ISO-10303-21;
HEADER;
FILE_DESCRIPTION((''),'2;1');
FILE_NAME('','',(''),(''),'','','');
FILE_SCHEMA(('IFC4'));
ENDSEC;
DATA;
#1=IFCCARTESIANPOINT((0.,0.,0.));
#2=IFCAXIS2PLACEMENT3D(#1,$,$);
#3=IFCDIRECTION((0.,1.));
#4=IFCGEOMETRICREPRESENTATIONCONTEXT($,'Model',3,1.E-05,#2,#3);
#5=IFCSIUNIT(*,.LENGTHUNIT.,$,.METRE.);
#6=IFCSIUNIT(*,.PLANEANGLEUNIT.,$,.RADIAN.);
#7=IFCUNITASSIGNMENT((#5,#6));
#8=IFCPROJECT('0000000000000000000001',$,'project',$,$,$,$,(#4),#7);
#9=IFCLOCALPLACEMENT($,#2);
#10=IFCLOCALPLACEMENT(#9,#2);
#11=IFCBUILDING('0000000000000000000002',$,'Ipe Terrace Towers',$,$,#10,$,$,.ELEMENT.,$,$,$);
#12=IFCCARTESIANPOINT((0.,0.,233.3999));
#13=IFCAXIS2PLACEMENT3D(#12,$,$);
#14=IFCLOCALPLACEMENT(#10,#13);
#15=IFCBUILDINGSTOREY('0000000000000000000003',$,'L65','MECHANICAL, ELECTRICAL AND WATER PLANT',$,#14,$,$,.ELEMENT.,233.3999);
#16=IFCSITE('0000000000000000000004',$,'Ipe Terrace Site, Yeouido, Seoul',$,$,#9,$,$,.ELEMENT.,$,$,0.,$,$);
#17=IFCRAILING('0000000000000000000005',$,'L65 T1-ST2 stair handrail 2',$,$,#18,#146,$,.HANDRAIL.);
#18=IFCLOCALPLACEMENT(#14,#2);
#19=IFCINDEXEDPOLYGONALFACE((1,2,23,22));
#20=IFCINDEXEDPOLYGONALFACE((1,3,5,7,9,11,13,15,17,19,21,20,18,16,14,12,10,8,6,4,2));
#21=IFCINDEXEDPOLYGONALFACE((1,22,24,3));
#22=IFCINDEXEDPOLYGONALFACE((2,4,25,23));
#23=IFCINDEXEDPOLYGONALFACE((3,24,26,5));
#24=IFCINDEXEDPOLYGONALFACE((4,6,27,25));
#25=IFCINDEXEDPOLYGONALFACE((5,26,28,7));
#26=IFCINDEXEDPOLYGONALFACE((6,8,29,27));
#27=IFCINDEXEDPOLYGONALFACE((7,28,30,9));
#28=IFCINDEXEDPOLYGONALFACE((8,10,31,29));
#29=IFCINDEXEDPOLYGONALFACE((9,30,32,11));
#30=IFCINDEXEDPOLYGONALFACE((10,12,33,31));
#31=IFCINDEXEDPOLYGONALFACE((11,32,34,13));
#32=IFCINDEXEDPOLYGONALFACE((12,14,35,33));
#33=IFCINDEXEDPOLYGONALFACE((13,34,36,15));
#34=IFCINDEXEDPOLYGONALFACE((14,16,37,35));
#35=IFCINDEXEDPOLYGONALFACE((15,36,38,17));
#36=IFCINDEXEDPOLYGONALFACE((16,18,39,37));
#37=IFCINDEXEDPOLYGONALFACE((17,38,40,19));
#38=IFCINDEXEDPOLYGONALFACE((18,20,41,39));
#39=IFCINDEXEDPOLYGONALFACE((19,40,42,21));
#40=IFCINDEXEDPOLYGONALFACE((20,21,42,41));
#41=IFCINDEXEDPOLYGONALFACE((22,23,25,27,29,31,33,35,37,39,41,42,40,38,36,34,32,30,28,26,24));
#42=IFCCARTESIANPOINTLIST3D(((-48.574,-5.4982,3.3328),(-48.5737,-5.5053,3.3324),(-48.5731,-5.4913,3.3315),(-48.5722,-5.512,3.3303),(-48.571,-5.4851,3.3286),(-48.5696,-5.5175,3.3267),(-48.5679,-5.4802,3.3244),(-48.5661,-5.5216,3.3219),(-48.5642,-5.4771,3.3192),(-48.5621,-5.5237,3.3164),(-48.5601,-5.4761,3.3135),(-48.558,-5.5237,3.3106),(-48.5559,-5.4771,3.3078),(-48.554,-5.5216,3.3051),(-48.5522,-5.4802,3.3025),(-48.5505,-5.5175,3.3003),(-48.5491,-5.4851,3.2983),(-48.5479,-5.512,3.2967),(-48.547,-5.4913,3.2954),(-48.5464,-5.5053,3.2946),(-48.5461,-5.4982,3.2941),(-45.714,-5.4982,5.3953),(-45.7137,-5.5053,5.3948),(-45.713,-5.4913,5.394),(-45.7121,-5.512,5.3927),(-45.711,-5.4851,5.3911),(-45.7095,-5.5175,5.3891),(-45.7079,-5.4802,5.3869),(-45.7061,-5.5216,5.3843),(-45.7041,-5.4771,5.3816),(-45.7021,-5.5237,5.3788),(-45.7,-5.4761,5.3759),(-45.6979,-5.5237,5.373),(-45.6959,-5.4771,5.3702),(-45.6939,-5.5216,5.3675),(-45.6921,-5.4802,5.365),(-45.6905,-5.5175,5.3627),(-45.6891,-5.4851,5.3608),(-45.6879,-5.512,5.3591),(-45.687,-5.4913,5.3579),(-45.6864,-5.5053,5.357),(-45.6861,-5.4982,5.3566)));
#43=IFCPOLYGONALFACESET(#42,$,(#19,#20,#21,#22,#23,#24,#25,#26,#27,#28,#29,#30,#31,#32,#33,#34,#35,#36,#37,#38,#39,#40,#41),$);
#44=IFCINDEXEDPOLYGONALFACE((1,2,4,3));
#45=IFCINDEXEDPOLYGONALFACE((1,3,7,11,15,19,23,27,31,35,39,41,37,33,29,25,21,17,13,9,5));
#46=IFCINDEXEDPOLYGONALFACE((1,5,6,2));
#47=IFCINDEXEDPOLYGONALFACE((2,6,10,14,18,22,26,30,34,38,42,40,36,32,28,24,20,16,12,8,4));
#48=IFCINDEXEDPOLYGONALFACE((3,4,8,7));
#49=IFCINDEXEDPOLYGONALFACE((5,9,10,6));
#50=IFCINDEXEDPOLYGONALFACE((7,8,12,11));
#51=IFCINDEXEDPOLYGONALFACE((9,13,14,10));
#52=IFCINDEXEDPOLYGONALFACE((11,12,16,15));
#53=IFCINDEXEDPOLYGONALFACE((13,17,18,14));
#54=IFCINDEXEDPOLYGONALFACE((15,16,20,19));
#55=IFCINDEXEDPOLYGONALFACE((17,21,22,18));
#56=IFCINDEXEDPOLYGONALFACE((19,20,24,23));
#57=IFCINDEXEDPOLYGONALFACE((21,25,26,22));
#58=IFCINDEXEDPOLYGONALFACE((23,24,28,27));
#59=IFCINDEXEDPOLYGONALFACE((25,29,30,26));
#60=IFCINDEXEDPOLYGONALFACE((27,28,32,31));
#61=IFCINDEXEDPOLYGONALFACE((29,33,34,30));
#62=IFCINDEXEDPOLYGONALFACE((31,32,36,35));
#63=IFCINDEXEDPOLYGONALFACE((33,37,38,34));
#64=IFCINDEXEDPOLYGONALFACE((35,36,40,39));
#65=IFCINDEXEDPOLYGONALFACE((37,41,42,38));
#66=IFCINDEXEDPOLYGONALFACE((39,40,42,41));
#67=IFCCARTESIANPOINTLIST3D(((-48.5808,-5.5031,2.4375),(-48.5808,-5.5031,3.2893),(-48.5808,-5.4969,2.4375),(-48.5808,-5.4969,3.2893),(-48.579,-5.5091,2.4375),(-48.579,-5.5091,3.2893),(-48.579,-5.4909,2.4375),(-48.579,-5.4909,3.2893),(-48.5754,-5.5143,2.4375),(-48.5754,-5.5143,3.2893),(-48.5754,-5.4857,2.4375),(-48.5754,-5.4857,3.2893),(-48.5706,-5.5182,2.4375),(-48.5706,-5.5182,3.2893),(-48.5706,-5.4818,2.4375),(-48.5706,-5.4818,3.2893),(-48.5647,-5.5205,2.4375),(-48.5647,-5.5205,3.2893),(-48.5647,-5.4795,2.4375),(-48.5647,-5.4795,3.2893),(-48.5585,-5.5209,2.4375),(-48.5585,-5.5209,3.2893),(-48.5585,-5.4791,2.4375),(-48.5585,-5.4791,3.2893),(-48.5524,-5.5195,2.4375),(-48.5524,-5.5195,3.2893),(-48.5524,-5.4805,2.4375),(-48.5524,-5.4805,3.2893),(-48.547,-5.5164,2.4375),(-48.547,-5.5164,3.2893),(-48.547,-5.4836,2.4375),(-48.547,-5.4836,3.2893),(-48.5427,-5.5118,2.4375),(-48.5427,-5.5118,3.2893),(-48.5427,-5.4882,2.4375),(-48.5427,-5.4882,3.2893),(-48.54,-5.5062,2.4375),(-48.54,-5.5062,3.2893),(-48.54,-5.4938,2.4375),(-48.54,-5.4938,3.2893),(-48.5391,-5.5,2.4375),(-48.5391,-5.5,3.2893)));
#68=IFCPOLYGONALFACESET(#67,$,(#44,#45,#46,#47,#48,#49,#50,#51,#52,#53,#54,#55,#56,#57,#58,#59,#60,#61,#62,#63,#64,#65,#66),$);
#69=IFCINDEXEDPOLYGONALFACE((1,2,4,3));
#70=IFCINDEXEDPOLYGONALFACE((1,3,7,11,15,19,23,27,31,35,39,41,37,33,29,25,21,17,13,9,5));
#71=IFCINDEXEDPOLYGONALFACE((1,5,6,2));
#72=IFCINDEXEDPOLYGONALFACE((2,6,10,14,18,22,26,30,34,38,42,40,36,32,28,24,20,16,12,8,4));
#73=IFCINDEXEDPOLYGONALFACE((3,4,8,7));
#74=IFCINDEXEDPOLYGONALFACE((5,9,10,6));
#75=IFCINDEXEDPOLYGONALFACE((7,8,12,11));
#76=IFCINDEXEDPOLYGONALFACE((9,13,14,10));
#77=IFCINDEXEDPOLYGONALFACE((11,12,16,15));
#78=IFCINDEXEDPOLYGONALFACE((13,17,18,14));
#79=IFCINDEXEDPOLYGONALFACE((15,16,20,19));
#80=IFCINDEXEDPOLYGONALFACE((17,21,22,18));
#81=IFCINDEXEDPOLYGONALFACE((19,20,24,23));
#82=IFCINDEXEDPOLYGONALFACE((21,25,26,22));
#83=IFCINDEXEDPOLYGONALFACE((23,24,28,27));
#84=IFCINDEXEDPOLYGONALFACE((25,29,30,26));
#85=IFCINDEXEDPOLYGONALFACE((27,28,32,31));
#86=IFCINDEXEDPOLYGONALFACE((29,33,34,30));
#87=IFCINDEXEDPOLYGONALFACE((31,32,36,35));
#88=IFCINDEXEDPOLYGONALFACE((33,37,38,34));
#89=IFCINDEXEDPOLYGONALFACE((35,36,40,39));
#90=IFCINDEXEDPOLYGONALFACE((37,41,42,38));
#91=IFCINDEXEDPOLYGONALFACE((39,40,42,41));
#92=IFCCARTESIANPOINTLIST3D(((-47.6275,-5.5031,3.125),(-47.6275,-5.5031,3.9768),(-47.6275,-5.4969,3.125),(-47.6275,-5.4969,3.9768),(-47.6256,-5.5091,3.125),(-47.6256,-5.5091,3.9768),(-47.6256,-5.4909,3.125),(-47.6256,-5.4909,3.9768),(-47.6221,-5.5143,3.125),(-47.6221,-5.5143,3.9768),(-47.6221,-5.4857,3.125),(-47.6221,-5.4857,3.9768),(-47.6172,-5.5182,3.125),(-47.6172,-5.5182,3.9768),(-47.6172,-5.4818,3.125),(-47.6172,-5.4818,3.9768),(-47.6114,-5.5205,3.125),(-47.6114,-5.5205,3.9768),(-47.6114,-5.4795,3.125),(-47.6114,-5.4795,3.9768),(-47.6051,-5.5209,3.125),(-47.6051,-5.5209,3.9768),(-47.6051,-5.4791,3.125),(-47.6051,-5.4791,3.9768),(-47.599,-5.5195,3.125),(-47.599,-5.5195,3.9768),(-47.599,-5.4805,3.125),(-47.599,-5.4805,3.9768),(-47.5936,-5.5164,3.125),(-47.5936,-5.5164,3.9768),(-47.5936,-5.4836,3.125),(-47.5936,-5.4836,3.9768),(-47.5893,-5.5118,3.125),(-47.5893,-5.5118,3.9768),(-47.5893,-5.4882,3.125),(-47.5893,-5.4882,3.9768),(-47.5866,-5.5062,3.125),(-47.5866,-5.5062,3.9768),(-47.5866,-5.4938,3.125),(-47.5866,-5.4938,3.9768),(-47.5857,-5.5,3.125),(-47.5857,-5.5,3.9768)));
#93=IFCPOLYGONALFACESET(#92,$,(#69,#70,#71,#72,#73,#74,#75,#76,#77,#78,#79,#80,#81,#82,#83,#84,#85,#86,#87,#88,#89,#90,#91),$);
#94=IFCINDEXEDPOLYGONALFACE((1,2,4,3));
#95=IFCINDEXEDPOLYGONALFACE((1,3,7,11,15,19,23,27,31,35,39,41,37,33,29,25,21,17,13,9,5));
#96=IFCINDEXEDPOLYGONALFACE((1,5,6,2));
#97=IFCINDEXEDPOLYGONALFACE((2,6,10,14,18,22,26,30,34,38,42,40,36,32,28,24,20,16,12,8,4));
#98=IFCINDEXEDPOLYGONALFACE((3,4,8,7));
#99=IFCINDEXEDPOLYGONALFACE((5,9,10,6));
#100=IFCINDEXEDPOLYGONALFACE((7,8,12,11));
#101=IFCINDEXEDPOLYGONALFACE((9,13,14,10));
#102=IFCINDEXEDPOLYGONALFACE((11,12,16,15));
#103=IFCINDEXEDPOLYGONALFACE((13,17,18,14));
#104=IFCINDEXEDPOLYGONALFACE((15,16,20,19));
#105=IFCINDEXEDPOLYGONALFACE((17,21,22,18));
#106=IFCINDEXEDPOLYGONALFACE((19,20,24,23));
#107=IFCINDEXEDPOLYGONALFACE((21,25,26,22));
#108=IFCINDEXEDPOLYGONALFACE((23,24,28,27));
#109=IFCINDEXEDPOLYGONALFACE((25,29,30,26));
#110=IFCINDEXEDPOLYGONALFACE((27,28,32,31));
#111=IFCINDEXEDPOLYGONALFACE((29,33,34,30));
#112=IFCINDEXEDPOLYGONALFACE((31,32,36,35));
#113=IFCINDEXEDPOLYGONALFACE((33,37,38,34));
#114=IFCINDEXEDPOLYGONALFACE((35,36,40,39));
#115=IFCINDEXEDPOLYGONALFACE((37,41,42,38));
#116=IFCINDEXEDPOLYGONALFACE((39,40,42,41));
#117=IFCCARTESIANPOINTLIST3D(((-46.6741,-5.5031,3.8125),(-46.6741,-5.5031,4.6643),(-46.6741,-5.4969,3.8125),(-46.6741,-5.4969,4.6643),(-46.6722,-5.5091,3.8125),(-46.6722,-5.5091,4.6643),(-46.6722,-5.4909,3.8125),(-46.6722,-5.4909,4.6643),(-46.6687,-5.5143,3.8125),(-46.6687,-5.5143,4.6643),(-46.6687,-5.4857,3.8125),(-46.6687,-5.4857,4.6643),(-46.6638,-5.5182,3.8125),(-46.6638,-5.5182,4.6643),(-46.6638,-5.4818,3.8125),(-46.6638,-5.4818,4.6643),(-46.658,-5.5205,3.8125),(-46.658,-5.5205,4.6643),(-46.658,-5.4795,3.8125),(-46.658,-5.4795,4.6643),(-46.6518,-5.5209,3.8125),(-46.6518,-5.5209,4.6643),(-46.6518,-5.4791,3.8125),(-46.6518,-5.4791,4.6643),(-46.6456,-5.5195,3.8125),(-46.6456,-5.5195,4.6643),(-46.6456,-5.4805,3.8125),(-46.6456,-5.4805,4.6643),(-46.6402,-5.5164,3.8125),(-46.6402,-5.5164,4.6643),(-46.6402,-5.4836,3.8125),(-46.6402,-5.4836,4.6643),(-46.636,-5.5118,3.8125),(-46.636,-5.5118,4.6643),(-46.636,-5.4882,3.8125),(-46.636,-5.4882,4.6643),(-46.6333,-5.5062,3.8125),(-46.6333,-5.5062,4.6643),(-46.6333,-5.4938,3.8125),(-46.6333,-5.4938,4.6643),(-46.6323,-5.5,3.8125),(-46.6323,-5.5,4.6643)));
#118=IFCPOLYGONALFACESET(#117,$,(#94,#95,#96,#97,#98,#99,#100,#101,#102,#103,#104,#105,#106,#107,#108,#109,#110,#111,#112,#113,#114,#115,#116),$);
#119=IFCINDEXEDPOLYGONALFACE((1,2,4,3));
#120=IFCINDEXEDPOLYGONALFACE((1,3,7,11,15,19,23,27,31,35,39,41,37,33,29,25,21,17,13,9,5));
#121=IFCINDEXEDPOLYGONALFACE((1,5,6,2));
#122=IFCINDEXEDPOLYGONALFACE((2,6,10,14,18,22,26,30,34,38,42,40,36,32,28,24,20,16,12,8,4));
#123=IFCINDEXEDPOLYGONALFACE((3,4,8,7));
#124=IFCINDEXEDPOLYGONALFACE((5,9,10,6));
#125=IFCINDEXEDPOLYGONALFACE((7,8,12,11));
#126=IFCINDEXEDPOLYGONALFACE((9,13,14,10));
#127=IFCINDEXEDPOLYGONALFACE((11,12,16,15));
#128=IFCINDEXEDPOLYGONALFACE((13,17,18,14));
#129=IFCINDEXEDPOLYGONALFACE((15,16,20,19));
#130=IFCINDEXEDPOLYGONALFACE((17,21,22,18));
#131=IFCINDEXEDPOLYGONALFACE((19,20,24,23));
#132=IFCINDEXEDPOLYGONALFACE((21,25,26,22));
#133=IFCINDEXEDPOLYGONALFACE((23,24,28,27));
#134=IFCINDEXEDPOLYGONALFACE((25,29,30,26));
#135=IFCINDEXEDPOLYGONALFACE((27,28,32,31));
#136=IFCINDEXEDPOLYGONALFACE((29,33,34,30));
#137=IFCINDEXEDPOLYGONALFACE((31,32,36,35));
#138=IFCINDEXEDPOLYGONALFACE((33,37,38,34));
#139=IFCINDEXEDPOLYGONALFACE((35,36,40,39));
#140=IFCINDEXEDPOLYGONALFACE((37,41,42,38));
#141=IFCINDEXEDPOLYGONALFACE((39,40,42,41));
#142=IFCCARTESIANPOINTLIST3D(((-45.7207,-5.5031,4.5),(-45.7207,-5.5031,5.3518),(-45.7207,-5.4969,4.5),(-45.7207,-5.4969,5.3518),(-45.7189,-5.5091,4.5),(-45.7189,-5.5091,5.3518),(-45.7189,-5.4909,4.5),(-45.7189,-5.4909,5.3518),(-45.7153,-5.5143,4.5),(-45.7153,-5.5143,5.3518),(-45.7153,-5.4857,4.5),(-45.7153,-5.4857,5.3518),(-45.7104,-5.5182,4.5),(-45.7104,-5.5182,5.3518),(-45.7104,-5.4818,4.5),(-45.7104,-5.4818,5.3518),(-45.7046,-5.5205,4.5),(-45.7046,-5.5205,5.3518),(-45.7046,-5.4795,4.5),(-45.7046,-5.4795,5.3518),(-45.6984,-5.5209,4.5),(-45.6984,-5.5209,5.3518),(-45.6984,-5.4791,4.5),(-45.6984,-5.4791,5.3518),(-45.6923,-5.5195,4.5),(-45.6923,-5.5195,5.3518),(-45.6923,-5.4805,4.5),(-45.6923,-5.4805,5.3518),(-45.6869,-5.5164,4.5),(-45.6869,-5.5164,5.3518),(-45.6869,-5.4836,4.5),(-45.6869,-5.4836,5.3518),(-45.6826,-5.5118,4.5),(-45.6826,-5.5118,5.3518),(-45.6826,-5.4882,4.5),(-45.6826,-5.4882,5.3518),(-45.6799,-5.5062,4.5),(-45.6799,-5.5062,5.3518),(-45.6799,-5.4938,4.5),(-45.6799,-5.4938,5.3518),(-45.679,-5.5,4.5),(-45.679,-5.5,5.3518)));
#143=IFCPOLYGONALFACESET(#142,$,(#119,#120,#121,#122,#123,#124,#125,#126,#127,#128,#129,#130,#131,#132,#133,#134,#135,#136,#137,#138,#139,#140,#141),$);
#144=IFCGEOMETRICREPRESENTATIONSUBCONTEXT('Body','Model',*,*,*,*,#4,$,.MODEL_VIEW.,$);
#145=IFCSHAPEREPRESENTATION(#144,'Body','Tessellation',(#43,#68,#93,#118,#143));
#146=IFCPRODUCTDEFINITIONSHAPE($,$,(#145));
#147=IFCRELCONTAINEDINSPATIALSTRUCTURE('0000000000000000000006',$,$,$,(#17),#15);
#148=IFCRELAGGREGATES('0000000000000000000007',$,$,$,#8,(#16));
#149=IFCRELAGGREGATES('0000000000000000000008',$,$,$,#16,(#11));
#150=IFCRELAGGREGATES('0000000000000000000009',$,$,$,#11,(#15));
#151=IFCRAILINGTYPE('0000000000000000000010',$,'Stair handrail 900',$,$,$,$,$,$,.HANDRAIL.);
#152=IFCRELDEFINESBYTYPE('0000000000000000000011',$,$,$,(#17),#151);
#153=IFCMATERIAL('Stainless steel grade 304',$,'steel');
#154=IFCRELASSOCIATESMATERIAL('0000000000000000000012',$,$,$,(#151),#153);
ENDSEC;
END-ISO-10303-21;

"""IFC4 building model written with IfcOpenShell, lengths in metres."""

from ifc_helpers import new_model, si_unit, direction, frame, origin, origin_2d, place, context, subcontext, project, spatial, circle, extrude, material, type_object, element, save


model = new_model("IFC4")

# Units and contexts
model_context = context("Model", 3, precision=1e-05, world=origin(), true_north=direction((0.0, 1.0)))
body_context = subcontext(model_context, "Body", "Model", "MODEL_VIEW")
ifc_project = project(units=[si_unit("LENGTHUNIT", "METRE"), si_unit("PLANEANGLEUNIT", "RADIAN")], contexts=[model_context])

# Site, building, storey
site_placement = place(None, origin())
site = spatial("IfcSite", under=ifc_project, at=site_placement, Name="Ipe Terrace Site, Yeouido, Seoul", CompositionType="ELEMENT", RefElevation=0.0)
building_placement = place(site_placement, origin())
building = spatial("IfcBuilding", under=site, at=building_placement, Name="Ipe Terrace Towers", CompositionType="ELEMENT")
storey_placement = place(building_placement, frame((0.0, 0.0, 233.3999)))
storey = spatial("IfcBuildingStorey", under=building, at=storey_placement, Name="L65", Description="MECHANICAL, ELECTRICAL AND WATER PLANT", CompositionType="ELEMENT", Elevation=233.3999)

# Railing
ifc_material_1 = material(Name="Stainless steel grade 304", Category="steel")
railing_type_1 = type_object("IfcRailingType", Name="Stair handrail 900", PredefinedType="HANDRAIL", material=ifc_material_1)
railing_1_placement = place(storey_placement, frame((-48.5601, -5.5, 2.4375)))
element("IfcRailing", 1, at=railing_1_placement, inside=storey, type_object=railing_type_1, Name="L65 T1-ST2 stair handrail 2", PredefinedType="HANDRAIL", context=body_context, shape_type="SweptSolid", body=[
    extrude(circle(Radius=0.0239, at=origin_2d()), frame((0.0, 0.0, 0.876), z_axis=(0.811101, 0.0, 0.584906), x_axis=(0.0, 1.0, 0.0)), (0.0, 0.0, 1.0), 3.5261),
    extrude(circle(Radius=0.021, at=origin_2d()), origin(), (0.0, 0.0, 1.0), 0.8518),
    extrude(circle(Radius=0.021, at=origin_2d()), frame((0.9534, 0.0, 0.6875)), (0.0, 0.0, 1.0), 0.8518),
    extrude(circle(Radius=0.021, at=origin_2d()), frame((1.9067, 0.0, 1.375)), (0.0, 0.0, 1.0), 0.8518),
    extrude(circle(Radius=0.021, at=origin_2d()), frame((2.8601, 0.0, 2.0625)), (0.0, 0.0, 1.0), 0.8518),
])

save(model, "model.ifc")
